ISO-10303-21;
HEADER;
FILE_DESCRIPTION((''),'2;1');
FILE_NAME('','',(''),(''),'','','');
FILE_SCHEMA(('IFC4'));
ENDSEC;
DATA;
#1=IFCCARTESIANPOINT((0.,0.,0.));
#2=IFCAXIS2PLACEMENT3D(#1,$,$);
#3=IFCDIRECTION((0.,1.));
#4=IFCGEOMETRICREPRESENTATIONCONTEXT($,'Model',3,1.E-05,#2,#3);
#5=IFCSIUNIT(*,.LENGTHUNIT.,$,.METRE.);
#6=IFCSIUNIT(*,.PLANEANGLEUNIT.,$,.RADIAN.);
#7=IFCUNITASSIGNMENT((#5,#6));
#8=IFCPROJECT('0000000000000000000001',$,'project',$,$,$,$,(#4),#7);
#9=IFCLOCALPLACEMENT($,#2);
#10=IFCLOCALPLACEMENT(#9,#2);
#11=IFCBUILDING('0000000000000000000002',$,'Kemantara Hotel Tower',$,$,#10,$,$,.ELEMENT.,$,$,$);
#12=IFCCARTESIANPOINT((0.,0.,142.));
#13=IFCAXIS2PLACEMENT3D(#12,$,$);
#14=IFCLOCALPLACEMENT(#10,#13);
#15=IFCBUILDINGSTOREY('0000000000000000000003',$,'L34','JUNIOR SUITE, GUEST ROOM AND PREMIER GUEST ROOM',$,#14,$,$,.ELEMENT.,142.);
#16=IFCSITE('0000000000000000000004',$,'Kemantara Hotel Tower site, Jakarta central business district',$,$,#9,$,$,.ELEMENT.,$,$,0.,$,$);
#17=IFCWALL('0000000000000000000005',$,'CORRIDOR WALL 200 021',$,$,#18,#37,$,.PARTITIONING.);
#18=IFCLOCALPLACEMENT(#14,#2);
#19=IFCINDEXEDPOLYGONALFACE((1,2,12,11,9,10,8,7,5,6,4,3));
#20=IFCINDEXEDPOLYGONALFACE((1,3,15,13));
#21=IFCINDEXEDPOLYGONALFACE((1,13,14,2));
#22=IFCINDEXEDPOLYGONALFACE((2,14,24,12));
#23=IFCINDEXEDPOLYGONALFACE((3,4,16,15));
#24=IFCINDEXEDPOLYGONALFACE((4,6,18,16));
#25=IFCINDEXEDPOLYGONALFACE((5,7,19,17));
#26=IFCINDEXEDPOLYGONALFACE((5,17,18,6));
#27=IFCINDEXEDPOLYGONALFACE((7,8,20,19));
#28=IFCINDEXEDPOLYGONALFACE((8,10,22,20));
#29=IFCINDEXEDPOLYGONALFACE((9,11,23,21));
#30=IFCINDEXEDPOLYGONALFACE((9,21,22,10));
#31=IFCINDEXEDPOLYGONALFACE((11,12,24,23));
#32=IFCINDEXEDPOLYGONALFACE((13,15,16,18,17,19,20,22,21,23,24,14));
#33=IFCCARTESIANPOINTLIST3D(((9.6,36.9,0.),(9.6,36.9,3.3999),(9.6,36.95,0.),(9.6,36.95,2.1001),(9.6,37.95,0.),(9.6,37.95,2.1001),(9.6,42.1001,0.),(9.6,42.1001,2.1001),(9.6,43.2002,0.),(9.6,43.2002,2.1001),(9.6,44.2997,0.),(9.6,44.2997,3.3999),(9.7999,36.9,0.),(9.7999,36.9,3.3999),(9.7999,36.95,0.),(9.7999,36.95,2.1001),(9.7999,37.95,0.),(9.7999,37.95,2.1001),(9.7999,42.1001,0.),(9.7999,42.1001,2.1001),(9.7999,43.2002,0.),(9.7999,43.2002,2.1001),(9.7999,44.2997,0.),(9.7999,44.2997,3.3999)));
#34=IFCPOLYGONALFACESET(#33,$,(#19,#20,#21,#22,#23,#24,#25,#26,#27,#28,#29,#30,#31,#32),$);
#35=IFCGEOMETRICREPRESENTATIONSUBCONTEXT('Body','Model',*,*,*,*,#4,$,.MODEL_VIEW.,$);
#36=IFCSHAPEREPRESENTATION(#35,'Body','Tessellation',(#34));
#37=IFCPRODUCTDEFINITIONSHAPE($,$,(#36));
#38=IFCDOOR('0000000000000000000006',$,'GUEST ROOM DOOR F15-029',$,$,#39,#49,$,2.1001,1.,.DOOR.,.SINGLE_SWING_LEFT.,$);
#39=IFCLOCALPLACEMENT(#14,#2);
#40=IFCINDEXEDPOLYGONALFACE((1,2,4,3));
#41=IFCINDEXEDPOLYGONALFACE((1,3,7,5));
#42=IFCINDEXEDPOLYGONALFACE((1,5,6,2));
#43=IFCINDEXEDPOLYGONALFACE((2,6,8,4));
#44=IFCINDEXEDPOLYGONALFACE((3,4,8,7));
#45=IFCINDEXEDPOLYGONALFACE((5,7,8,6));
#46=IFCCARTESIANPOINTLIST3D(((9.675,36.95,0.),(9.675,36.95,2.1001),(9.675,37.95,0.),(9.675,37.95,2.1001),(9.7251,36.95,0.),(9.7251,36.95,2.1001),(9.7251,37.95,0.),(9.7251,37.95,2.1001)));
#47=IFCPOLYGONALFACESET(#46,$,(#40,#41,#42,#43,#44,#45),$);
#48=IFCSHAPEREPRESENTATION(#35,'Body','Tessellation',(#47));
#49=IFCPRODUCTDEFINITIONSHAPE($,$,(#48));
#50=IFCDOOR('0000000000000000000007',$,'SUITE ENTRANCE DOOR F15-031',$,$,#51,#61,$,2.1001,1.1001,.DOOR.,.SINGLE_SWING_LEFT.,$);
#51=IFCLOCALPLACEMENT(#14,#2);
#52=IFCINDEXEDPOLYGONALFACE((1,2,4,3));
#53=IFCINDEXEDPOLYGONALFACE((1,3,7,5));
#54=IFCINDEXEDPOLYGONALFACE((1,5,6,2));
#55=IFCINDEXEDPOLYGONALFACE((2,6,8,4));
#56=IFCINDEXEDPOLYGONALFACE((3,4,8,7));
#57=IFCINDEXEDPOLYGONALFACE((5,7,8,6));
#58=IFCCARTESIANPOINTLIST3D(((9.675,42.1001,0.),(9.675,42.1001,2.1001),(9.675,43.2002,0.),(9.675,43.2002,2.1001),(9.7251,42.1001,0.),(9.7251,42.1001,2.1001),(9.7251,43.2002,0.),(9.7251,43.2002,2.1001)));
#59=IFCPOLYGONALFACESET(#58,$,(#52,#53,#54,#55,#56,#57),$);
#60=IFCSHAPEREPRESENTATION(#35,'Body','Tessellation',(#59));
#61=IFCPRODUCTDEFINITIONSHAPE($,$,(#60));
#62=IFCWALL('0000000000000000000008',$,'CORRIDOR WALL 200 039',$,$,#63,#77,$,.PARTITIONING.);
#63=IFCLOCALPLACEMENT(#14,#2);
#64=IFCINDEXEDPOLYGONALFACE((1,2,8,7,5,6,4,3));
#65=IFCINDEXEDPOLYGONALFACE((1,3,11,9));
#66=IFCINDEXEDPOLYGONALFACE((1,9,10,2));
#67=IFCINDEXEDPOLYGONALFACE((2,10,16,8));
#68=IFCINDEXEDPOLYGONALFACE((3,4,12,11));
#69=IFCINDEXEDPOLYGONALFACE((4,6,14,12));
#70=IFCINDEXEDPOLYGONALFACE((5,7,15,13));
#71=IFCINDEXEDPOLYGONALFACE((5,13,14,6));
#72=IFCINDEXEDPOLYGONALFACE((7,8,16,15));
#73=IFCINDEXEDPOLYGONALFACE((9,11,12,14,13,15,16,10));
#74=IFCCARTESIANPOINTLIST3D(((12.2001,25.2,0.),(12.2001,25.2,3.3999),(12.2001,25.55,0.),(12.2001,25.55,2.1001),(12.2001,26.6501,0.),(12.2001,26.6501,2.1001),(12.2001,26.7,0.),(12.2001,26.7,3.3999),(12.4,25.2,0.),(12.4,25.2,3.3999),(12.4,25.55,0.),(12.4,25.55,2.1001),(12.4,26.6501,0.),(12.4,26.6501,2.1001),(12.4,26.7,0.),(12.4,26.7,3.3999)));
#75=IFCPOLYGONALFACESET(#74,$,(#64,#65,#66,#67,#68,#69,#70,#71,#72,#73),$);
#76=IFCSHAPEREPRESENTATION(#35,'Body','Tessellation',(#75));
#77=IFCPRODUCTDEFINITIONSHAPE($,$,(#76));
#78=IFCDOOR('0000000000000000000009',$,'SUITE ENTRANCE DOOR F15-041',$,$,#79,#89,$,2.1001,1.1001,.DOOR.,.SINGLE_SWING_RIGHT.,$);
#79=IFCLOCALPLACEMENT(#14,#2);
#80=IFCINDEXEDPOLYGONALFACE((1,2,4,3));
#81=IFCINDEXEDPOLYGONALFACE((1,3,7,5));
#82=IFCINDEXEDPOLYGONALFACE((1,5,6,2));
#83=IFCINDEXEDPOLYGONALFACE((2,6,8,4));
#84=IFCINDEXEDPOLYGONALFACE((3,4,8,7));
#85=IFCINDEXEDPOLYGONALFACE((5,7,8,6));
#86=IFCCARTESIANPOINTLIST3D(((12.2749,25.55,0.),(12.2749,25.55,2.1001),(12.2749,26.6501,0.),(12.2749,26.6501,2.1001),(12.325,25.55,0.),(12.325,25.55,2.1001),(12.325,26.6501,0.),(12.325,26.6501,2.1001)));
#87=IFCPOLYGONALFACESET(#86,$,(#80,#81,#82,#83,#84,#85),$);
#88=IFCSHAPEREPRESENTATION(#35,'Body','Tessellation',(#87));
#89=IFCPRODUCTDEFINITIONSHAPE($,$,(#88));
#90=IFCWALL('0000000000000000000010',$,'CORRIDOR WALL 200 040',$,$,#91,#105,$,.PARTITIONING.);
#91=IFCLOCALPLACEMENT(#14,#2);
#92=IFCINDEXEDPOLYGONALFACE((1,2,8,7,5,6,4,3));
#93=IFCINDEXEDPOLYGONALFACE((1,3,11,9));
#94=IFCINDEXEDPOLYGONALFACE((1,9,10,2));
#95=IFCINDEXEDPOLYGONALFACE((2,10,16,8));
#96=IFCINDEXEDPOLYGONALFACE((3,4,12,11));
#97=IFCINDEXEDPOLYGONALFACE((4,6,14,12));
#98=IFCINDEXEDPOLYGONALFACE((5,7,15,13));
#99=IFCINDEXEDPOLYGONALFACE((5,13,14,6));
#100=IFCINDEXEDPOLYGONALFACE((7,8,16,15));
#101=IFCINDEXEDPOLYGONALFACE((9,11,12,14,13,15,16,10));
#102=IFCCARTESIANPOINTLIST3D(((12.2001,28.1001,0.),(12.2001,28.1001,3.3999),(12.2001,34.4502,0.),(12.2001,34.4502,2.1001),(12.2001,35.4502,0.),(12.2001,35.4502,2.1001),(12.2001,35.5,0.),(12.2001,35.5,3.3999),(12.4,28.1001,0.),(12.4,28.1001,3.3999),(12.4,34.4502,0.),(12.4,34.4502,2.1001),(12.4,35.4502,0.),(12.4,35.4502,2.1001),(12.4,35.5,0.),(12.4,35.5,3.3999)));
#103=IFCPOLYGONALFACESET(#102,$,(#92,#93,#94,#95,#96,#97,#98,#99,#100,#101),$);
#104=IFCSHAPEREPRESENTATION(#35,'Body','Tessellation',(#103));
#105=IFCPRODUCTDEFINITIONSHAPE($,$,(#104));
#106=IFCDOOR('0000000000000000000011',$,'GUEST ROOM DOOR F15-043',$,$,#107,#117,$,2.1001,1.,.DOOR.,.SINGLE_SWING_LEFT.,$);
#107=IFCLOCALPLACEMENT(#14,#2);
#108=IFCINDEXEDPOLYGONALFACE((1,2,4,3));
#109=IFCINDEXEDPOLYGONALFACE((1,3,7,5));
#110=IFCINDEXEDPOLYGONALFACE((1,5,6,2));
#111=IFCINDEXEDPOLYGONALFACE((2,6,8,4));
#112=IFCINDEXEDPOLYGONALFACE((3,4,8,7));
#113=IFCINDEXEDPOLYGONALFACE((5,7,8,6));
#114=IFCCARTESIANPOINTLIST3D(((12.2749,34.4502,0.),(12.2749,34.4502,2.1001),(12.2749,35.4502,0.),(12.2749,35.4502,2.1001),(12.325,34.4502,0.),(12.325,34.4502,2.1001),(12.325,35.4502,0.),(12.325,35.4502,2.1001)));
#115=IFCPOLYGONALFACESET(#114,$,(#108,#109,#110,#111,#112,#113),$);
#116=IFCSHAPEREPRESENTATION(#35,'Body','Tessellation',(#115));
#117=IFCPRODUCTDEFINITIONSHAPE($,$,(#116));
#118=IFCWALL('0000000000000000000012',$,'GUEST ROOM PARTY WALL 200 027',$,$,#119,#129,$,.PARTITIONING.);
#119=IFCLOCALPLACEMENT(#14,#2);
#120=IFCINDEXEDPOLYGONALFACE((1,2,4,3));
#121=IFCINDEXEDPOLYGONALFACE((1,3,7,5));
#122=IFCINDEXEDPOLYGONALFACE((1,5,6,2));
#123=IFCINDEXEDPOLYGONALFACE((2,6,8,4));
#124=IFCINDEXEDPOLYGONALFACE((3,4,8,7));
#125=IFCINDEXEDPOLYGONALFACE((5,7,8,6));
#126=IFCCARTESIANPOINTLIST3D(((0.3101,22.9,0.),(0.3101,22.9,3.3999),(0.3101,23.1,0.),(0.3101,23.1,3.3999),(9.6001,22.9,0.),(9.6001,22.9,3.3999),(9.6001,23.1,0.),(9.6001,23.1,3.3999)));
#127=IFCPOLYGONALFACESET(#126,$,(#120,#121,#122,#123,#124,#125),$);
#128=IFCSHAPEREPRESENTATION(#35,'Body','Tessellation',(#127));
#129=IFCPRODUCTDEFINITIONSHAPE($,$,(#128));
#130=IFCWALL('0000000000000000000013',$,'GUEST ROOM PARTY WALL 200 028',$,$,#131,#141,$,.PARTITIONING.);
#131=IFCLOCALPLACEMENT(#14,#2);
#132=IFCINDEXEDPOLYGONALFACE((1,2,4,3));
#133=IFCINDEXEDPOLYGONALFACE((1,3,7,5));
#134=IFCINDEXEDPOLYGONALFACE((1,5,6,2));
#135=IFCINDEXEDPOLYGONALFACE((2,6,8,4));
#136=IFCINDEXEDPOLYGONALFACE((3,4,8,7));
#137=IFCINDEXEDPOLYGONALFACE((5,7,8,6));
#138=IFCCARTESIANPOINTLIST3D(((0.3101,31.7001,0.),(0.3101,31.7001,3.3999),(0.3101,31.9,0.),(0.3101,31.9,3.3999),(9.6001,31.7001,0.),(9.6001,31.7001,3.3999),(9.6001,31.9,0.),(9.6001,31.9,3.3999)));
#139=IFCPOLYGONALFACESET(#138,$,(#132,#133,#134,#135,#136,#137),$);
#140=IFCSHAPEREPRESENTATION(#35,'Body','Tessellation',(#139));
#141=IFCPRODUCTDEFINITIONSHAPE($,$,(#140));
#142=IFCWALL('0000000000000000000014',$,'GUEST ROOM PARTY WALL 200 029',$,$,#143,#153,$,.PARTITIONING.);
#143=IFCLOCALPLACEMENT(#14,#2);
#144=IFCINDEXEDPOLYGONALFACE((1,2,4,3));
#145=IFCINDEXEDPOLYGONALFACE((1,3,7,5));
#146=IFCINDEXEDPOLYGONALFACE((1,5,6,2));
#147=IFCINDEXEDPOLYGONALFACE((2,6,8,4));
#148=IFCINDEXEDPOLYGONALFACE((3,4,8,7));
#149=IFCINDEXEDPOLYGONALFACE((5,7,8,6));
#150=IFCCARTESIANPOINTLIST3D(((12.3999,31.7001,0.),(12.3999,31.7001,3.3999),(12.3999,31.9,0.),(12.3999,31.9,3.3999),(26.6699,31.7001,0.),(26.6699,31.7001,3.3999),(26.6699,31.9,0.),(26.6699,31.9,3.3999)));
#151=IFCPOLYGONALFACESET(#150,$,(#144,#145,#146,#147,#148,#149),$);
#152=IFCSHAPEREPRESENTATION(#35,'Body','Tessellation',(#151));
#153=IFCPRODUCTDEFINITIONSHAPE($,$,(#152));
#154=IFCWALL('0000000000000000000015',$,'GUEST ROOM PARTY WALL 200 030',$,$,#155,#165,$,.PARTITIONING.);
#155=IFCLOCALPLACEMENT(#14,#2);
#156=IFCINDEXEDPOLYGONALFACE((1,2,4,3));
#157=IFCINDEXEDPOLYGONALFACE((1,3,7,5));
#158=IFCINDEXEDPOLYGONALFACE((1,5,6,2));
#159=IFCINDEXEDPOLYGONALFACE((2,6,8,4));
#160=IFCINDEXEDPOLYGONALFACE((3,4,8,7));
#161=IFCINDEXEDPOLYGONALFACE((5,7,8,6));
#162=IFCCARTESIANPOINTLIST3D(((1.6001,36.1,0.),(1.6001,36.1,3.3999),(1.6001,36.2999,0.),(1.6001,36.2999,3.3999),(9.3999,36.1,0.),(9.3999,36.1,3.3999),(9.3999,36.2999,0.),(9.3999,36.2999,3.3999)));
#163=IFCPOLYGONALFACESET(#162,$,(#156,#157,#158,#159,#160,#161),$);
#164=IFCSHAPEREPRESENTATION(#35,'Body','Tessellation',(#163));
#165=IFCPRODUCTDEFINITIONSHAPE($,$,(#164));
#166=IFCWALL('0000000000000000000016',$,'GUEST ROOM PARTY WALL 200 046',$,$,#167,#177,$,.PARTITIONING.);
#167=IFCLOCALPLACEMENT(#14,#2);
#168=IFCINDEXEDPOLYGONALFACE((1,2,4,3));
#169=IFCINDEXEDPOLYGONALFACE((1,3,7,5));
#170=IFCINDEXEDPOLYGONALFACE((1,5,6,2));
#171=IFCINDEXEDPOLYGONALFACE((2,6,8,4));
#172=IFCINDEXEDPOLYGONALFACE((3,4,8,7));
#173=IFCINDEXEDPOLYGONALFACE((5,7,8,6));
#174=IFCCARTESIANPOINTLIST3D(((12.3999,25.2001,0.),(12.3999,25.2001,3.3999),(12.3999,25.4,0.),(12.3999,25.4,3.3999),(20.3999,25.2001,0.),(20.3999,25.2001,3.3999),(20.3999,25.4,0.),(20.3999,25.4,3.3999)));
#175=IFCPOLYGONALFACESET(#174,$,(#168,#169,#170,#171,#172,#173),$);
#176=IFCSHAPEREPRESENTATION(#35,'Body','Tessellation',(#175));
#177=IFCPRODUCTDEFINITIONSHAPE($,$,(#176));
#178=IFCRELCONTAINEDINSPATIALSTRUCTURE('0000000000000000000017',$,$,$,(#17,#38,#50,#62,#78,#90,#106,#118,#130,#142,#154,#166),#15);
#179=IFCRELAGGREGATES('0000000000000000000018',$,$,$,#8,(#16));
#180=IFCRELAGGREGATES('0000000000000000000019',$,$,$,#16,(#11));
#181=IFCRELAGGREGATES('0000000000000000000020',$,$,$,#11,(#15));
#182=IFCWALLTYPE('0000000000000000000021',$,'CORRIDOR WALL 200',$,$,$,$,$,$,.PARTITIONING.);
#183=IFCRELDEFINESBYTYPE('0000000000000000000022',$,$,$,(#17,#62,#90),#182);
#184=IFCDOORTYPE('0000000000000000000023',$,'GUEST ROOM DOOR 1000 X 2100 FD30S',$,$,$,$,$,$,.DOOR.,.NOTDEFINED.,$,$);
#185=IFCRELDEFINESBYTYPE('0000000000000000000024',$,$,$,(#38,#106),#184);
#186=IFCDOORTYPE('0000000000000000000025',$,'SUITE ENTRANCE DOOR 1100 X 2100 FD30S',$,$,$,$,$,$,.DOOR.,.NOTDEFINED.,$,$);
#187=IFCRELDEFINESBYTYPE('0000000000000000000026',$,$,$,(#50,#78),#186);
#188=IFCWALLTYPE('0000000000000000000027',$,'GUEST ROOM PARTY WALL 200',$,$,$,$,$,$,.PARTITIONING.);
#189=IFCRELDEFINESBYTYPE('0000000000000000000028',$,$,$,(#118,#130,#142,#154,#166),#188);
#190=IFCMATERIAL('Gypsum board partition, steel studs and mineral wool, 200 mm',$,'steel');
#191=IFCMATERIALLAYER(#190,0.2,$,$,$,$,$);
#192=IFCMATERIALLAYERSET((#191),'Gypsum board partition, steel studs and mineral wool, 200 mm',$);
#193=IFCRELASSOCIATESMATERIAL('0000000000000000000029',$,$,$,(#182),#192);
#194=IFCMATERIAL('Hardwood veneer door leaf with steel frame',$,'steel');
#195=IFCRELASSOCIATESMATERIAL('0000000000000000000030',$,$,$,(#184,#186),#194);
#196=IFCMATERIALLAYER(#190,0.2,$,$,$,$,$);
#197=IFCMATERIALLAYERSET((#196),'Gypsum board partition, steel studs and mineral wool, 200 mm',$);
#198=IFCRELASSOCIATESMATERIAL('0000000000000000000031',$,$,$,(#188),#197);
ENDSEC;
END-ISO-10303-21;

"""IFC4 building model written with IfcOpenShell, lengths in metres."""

from ifc_helpers import new_model, si_unit, direction, frame, frame_2d, origin, place, context, subcontext, project, spatial, rectangle, extrude, material, layer, layer_set, type_object, element, fill, save


model = new_model("IFC4")

# Units and contexts
model_context = context("Model", 3, precision=1e-05, world=origin(), true_north=direction((0.0, 1.0)))
body_context = subcontext(model_context, "Body", "Model", "MODEL_VIEW")
ifc_project = project(units=[si_unit("LENGTHUNIT", "METRE"), si_unit("PLANEANGLEUNIT", "RADIAN")], contexts=[model_context])

# Site, building, storey
site_placement = place(None, origin())
site = spatial("IfcSite", under=ifc_project, at=site_placement, Name="Kemantara Hotel Tower site, Jakarta central business district", CompositionType="ELEMENT", RefElevation=0.0)
building_placement = place(site_placement, origin())
building = spatial("IfcBuilding", under=site, at=building_placement, Name="Kemantara Hotel Tower", CompositionType="ELEMENT")
storey_placement = place(building_placement, frame((0.0, 0.0, 142.0)))
storey = spatial("IfcBuildingStorey", under=building, at=storey_placement, Name="L34", Description="JUNIOR SUITE, GUEST ROOM AND PREMIER GUEST ROOM", CompositionType="ELEMENT", Elevation=142.0)

# Wall, openings, doors
ifc_material_1 = material(Name="Gypsum board partition, steel studs and mineral wool, 200 mm", Category="steel")
ifc_layer_1 = layer(ifc_material_1, 0.2)
ifc_layer_set_1 = layer_set([ifc_layer_1], Name="Gypsum board partition, steel studs and mineral wool, 200 mm")
wall_type_1 = type_object("IfcWallType", Name="CORRIDOR WALL 200", PredefinedType="PARTITIONING", material=ifc_layer_set_1)
wall_1_placement = place(storey_placement, frame((9.7, 36.9001, 0.0), z_axis=(0.0, 0.0, 1.0), x_axis=(0.0, 1.0, 0.0)))
wall_1 = element("IfcWall", 1, at=wall_1_placement, inside=storey, type_object=wall_type_1, Name="CORRIDOR WALL 200 021", PredefinedType="PARTITIONING", context=body_context, shape_type="SweptSolid", body=[
    extrude(rectangle(XDim=7.3997, YDim=0.2, at=frame_2d((3.6997, 0.0))), origin(), (0.0, 0.0, 1.0), 3.3999),
])
opening_1_placement = place(wall_1_placement, frame((0.0498, 0.0, 0.0)))
opening_1 = element("IfcOpeningElement", 2, at=opening_1_placement, cuts=wall_1, PredefinedType="OPENING", context=body_context, shape_type="SweptSolid", body=[
    extrude(rectangle(XDim=1.0, YDim=2.1001, at=frame_2d((0.5, 1.05))), frame((0.0, 0.1099, 0.0), z_axis=(0.0, -1.0, 0.0), x_axis=(1.0, 0.0, 0.0)), (0.0, 0.0, 1.0), 0.22),
])
opening_2_placement = place(wall_1_placement, frame((5.2, 0.0, 0.0)))
opening_2 = element("IfcOpeningElement", 3, at=opening_2_placement, cuts=wall_1, PredefinedType="OPENING", context=body_context, shape_type="SweptSolid", body=[
    extrude(rectangle(XDim=1.1001, YDim=2.1001, at=frame_2d((0.55, 1.05))), frame((0.0, 0.1099, 0.0), z_axis=(0.0, -1.0, 0.0), x_axis=(1.0, 0.0, 0.0)), (0.0, 0.0, 1.0), 0.22),
])
ifc_material_2 = material(Name="Hardwood veneer door leaf with steel frame", Category="steel")
door_type_1 = type_object("IfcDoorType", Name="GUEST ROOM DOOR 1000 X 2100 FD30S", OperationType="NOTDEFINED", PredefinedType="DOOR", material=ifc_material_2)
door_1_placement = place(opening_1_placement, origin())
door_1 = element("IfcDoor", 4, at=door_1_placement, inside=storey, type_object=door_type_1, Name="GUEST ROOM DOOR F15-029", OperationType="SINGLE_SWING_LEFT", OverallHeight=2.1001, OverallWidth=1.0, PredefinedType="DOOR", context=body_context, shape_type="SweptSolid", body=[
    extrude(rectangle(XDim=1.0, YDim=2.1001, at=frame_2d((0.5, 1.05))), frame((0.0, 0.0249, 0.0), z_axis=(0.0, -1.0, 0.0), x_axis=(1.0, 0.0, 0.0)), (0.0, 0.0, 1.0), 0.05),
])
fill(opening_1, door_1)
door_type_2 = type_object("IfcDoorType", Name="SUITE ENTRANCE DOOR 1100 X 2100 FD30S", OperationType="NOTDEFINED", PredefinedType="DOOR", material=ifc_material_2)
door_2_placement = place(opening_2_placement, origin())
door_2 = element("IfcDoor", 5, at=door_2_placement, inside=storey, type_object=door_type_2, Name="SUITE ENTRANCE DOOR F15-031", OperationType="SINGLE_SWING_LEFT", OverallHeight=2.1001, OverallWidth=1.1001, PredefinedType="DOOR", context=body_context, shape_type="SweptSolid", body=[
    extrude(rectangle(XDim=1.1001, YDim=2.1001, at=frame_2d((0.55, 1.05))), frame((0.0, 0.0249, 0.0), z_axis=(0.0, -1.0, 0.0), x_axis=(1.0, 0.0, 0.0)), (0.0, 0.0, 1.0), 0.05),
])
fill(opening_2, door_2)

# Walls, openings, doors
wall_2_placement = place(storey_placement, frame((12.3, 26.7, 0.0), z_axis=(0.0, 0.0, 1.0), x_axis=(0.0, -1.0, 0.0)))
wall_2 = element("IfcWall", 6, at=wall_2_placement, inside=storey, type_object=wall_type_1, Name="CORRIDOR WALL 200 039", PredefinedType="PARTITIONING", context=body_context, shape_type="SweptSolid", body=[
    extrude(rectangle(XDim=1.5, YDim=0.2, at=frame_2d((0.75, 0.0))), origin(), (0.0, 0.0, 1.0), 3.3999),
])
opening_3_placement = place(wall_2_placement, frame((0.0498, 0.0, 0.0)))
opening_3 = element("IfcOpeningElement", 7, at=opening_3_placement, cuts=wall_2, PredefinedType="OPENING", context=body_context, shape_type="SweptSolid", body=[
    extrude(rectangle(XDim=1.1001, YDim=2.1001, at=frame_2d((0.55, 1.05))), frame((0.0, 0.1099, 0.0), z_axis=(0.0, -1.0, 0.0), x_axis=(1.0, 0.0, 0.0)), (0.0, 0.0, 1.0), 0.22),
])
door_3_placement = place(opening_3_placement, origin())
door_3 = element("IfcDoor", 8, at=door_3_placement, inside=storey, type_object=door_type_2, Name="SUITE ENTRANCE DOOR F15-041", OperationType="SINGLE_SWING_RIGHT", OverallHeight=2.1001, OverallWidth=1.1001, PredefinedType="DOOR", context=body_context, shape_type="SweptSolid", body=[
    extrude(rectangle(XDim=1.1001, YDim=2.1001, at=frame_2d((0.55, 1.05))), frame((0.0, 0.0249, 0.0), z_axis=(0.0, -1.0, 0.0), x_axis=(1.0, 0.0, 0.0)), (0.0, 0.0, 1.0), 0.05),
])
fill(opening_3, door_3)
wall_3_placement = place(storey_placement, frame((12.3, 35.5, 0.0), z_axis=(0.0, 0.0, 1.0), x_axis=(0.0, -1.0, 0.0)))
wall_3 = element("IfcWall", 9, at=wall_3_placement, inside=storey, type_object=wall_type_1, Name="CORRIDOR WALL 200 040", PredefinedType="PARTITIONING", context=body_context, shape_type="SweptSolid", body=[
    extrude(rectangle(XDim=7.3999, YDim=0.2, at=frame_2d((3.7, 0.0))), origin(), (0.0, 0.0, 1.0), 3.3999),
])
opening_4_placement = place(wall_3_placement, frame((0.0498, 0.0, 0.0)))
opening_4 = element("IfcOpeningElement", 10, at=opening_4_placement, cuts=wall_3, PredefinedType="OPENING", context=body_context, shape_type="SweptSolid", body=[
    extrude(rectangle(XDim=1.0, YDim=2.1001, at=frame_2d((0.5, 1.05))), frame((0.0, 0.1099, 0.0), z_axis=(0.0, -1.0, 0.0), x_axis=(1.0, 0.0, 0.0)), (0.0, 0.0, 1.0), 0.22),
])
door_4_placement = place(opening_4_placement, origin())
door_4 = element("IfcDoor", 11, at=door_4_placement, inside=storey, type_object=door_type_1, Name="GUEST ROOM DOOR F15-043", OperationType="SINGLE_SWING_LEFT", OverallHeight=2.1001, OverallWidth=1.0, PredefinedType="DOOR", context=body_context, shape_type="SweptSolid", body=[
    extrude(rectangle(XDim=1.0, YDim=2.1001, at=frame_2d((0.5, 1.05))), frame((0.0, 0.0249, 0.0), z_axis=(0.0, -1.0, 0.0), x_axis=(1.0, 0.0, 0.0)), (0.0, 0.0, 1.0), 0.05),
])
fill(opening_4, door_4)

# Walls
ifc_layer_2 = layer(ifc_material_1, 0.2)
ifc_layer_set_2 = layer_set([ifc_layer_2], Name="Gypsum board partition, steel studs and mineral wool, 200 mm")
wall_type_2 = type_object("IfcWallType", Name="GUEST ROOM PARTY WALL 200", PredefinedType="PARTITIONING", material=ifc_layer_set_2)
for number, where, z_axis, x_axis, name in (
    (12, (0.3101, 23.0, 0.0), (0.0, 0.0, 1.0), (1.0, 0.0, 0.0), "GUEST ROOM PARTY WALL 200 027"),
    (13, (0.3101, 31.8, 0.0), (0.0, 0.0, 1.0), (1.0, 0.0, 0.0), "GUEST ROOM PARTY WALL 200 028"),
):
    element("IfcWall", number, at=place(storey_placement, frame(where, z_axis=z_axis, x_axis=x_axis)), inside=storey, type_object=wall_type_2, Name=name, PredefinedType="PARTITIONING", context=body_context, shape_type="SweptSolid", body=[
        extrude(rectangle(XDim=9.29, YDim=0.2, at=frame_2d((4.645, 0.0))), origin(), (0.0, 0.0, 1.0), 3.3999),
    ])
wall_4_placement = place(storey_placement, frame((12.3999, 31.8, 0.0), z_axis=(0.0, 0.0, 1.0), x_axis=(1.0, 0.0, 0.0)))
element("IfcWall", 14, at=wall_4_placement, inside=storey, type_object=wall_type_2, Name="GUEST ROOM PARTY WALL 200 029", PredefinedType="PARTITIONING", context=body_context, shape_type="SweptSolid", body=[
    extrude(rectangle(XDim=14.27, YDim=0.2, at=frame_2d((7.135, 0.0))), origin(), (0.0, 0.0, 1.0), 3.3999),
])
wall_5_placement = place(storey_placement, frame((1.6001, 36.2, 0.0), z_axis=(0.0, 0.0, 1.0), x_axis=(1.0, 0.0, 0.0)))
element("IfcWall", 15, at=wall_5_placement, inside=storey, type_object=wall_type_2, Name="GUEST ROOM PARTY WALL 200 030", PredefinedType="PARTITIONING", context=body_context, shape_type="SweptSolid", body=[
    extrude(rectangle(XDim=7.7998, YDim=0.2, at=frame_2d((3.8999, 0.0))), origin(), (0.0, 0.0, 1.0), 3.3999),
])
wall_6_placement = place(storey_placement, frame((12.3999, 25.3, 0.0), z_axis=(0.0, 0.0, 1.0), x_axis=(1.0, 0.0, 0.0)))
element("IfcWall", 16, at=wall_6_placement, inside=storey, type_object=wall_type_2, Name="GUEST ROOM PARTY WALL 200 046", PredefinedType="PARTITIONING", context=body_context, shape_type="SweptSolid", body=[
    extrude(rectangle(XDim=8.0, YDim=0.2, at=frame_2d((4.0, 0.0))), origin(), (0.0, 0.0, 1.0), 3.3999),
])

save(model, "model.ifc")
